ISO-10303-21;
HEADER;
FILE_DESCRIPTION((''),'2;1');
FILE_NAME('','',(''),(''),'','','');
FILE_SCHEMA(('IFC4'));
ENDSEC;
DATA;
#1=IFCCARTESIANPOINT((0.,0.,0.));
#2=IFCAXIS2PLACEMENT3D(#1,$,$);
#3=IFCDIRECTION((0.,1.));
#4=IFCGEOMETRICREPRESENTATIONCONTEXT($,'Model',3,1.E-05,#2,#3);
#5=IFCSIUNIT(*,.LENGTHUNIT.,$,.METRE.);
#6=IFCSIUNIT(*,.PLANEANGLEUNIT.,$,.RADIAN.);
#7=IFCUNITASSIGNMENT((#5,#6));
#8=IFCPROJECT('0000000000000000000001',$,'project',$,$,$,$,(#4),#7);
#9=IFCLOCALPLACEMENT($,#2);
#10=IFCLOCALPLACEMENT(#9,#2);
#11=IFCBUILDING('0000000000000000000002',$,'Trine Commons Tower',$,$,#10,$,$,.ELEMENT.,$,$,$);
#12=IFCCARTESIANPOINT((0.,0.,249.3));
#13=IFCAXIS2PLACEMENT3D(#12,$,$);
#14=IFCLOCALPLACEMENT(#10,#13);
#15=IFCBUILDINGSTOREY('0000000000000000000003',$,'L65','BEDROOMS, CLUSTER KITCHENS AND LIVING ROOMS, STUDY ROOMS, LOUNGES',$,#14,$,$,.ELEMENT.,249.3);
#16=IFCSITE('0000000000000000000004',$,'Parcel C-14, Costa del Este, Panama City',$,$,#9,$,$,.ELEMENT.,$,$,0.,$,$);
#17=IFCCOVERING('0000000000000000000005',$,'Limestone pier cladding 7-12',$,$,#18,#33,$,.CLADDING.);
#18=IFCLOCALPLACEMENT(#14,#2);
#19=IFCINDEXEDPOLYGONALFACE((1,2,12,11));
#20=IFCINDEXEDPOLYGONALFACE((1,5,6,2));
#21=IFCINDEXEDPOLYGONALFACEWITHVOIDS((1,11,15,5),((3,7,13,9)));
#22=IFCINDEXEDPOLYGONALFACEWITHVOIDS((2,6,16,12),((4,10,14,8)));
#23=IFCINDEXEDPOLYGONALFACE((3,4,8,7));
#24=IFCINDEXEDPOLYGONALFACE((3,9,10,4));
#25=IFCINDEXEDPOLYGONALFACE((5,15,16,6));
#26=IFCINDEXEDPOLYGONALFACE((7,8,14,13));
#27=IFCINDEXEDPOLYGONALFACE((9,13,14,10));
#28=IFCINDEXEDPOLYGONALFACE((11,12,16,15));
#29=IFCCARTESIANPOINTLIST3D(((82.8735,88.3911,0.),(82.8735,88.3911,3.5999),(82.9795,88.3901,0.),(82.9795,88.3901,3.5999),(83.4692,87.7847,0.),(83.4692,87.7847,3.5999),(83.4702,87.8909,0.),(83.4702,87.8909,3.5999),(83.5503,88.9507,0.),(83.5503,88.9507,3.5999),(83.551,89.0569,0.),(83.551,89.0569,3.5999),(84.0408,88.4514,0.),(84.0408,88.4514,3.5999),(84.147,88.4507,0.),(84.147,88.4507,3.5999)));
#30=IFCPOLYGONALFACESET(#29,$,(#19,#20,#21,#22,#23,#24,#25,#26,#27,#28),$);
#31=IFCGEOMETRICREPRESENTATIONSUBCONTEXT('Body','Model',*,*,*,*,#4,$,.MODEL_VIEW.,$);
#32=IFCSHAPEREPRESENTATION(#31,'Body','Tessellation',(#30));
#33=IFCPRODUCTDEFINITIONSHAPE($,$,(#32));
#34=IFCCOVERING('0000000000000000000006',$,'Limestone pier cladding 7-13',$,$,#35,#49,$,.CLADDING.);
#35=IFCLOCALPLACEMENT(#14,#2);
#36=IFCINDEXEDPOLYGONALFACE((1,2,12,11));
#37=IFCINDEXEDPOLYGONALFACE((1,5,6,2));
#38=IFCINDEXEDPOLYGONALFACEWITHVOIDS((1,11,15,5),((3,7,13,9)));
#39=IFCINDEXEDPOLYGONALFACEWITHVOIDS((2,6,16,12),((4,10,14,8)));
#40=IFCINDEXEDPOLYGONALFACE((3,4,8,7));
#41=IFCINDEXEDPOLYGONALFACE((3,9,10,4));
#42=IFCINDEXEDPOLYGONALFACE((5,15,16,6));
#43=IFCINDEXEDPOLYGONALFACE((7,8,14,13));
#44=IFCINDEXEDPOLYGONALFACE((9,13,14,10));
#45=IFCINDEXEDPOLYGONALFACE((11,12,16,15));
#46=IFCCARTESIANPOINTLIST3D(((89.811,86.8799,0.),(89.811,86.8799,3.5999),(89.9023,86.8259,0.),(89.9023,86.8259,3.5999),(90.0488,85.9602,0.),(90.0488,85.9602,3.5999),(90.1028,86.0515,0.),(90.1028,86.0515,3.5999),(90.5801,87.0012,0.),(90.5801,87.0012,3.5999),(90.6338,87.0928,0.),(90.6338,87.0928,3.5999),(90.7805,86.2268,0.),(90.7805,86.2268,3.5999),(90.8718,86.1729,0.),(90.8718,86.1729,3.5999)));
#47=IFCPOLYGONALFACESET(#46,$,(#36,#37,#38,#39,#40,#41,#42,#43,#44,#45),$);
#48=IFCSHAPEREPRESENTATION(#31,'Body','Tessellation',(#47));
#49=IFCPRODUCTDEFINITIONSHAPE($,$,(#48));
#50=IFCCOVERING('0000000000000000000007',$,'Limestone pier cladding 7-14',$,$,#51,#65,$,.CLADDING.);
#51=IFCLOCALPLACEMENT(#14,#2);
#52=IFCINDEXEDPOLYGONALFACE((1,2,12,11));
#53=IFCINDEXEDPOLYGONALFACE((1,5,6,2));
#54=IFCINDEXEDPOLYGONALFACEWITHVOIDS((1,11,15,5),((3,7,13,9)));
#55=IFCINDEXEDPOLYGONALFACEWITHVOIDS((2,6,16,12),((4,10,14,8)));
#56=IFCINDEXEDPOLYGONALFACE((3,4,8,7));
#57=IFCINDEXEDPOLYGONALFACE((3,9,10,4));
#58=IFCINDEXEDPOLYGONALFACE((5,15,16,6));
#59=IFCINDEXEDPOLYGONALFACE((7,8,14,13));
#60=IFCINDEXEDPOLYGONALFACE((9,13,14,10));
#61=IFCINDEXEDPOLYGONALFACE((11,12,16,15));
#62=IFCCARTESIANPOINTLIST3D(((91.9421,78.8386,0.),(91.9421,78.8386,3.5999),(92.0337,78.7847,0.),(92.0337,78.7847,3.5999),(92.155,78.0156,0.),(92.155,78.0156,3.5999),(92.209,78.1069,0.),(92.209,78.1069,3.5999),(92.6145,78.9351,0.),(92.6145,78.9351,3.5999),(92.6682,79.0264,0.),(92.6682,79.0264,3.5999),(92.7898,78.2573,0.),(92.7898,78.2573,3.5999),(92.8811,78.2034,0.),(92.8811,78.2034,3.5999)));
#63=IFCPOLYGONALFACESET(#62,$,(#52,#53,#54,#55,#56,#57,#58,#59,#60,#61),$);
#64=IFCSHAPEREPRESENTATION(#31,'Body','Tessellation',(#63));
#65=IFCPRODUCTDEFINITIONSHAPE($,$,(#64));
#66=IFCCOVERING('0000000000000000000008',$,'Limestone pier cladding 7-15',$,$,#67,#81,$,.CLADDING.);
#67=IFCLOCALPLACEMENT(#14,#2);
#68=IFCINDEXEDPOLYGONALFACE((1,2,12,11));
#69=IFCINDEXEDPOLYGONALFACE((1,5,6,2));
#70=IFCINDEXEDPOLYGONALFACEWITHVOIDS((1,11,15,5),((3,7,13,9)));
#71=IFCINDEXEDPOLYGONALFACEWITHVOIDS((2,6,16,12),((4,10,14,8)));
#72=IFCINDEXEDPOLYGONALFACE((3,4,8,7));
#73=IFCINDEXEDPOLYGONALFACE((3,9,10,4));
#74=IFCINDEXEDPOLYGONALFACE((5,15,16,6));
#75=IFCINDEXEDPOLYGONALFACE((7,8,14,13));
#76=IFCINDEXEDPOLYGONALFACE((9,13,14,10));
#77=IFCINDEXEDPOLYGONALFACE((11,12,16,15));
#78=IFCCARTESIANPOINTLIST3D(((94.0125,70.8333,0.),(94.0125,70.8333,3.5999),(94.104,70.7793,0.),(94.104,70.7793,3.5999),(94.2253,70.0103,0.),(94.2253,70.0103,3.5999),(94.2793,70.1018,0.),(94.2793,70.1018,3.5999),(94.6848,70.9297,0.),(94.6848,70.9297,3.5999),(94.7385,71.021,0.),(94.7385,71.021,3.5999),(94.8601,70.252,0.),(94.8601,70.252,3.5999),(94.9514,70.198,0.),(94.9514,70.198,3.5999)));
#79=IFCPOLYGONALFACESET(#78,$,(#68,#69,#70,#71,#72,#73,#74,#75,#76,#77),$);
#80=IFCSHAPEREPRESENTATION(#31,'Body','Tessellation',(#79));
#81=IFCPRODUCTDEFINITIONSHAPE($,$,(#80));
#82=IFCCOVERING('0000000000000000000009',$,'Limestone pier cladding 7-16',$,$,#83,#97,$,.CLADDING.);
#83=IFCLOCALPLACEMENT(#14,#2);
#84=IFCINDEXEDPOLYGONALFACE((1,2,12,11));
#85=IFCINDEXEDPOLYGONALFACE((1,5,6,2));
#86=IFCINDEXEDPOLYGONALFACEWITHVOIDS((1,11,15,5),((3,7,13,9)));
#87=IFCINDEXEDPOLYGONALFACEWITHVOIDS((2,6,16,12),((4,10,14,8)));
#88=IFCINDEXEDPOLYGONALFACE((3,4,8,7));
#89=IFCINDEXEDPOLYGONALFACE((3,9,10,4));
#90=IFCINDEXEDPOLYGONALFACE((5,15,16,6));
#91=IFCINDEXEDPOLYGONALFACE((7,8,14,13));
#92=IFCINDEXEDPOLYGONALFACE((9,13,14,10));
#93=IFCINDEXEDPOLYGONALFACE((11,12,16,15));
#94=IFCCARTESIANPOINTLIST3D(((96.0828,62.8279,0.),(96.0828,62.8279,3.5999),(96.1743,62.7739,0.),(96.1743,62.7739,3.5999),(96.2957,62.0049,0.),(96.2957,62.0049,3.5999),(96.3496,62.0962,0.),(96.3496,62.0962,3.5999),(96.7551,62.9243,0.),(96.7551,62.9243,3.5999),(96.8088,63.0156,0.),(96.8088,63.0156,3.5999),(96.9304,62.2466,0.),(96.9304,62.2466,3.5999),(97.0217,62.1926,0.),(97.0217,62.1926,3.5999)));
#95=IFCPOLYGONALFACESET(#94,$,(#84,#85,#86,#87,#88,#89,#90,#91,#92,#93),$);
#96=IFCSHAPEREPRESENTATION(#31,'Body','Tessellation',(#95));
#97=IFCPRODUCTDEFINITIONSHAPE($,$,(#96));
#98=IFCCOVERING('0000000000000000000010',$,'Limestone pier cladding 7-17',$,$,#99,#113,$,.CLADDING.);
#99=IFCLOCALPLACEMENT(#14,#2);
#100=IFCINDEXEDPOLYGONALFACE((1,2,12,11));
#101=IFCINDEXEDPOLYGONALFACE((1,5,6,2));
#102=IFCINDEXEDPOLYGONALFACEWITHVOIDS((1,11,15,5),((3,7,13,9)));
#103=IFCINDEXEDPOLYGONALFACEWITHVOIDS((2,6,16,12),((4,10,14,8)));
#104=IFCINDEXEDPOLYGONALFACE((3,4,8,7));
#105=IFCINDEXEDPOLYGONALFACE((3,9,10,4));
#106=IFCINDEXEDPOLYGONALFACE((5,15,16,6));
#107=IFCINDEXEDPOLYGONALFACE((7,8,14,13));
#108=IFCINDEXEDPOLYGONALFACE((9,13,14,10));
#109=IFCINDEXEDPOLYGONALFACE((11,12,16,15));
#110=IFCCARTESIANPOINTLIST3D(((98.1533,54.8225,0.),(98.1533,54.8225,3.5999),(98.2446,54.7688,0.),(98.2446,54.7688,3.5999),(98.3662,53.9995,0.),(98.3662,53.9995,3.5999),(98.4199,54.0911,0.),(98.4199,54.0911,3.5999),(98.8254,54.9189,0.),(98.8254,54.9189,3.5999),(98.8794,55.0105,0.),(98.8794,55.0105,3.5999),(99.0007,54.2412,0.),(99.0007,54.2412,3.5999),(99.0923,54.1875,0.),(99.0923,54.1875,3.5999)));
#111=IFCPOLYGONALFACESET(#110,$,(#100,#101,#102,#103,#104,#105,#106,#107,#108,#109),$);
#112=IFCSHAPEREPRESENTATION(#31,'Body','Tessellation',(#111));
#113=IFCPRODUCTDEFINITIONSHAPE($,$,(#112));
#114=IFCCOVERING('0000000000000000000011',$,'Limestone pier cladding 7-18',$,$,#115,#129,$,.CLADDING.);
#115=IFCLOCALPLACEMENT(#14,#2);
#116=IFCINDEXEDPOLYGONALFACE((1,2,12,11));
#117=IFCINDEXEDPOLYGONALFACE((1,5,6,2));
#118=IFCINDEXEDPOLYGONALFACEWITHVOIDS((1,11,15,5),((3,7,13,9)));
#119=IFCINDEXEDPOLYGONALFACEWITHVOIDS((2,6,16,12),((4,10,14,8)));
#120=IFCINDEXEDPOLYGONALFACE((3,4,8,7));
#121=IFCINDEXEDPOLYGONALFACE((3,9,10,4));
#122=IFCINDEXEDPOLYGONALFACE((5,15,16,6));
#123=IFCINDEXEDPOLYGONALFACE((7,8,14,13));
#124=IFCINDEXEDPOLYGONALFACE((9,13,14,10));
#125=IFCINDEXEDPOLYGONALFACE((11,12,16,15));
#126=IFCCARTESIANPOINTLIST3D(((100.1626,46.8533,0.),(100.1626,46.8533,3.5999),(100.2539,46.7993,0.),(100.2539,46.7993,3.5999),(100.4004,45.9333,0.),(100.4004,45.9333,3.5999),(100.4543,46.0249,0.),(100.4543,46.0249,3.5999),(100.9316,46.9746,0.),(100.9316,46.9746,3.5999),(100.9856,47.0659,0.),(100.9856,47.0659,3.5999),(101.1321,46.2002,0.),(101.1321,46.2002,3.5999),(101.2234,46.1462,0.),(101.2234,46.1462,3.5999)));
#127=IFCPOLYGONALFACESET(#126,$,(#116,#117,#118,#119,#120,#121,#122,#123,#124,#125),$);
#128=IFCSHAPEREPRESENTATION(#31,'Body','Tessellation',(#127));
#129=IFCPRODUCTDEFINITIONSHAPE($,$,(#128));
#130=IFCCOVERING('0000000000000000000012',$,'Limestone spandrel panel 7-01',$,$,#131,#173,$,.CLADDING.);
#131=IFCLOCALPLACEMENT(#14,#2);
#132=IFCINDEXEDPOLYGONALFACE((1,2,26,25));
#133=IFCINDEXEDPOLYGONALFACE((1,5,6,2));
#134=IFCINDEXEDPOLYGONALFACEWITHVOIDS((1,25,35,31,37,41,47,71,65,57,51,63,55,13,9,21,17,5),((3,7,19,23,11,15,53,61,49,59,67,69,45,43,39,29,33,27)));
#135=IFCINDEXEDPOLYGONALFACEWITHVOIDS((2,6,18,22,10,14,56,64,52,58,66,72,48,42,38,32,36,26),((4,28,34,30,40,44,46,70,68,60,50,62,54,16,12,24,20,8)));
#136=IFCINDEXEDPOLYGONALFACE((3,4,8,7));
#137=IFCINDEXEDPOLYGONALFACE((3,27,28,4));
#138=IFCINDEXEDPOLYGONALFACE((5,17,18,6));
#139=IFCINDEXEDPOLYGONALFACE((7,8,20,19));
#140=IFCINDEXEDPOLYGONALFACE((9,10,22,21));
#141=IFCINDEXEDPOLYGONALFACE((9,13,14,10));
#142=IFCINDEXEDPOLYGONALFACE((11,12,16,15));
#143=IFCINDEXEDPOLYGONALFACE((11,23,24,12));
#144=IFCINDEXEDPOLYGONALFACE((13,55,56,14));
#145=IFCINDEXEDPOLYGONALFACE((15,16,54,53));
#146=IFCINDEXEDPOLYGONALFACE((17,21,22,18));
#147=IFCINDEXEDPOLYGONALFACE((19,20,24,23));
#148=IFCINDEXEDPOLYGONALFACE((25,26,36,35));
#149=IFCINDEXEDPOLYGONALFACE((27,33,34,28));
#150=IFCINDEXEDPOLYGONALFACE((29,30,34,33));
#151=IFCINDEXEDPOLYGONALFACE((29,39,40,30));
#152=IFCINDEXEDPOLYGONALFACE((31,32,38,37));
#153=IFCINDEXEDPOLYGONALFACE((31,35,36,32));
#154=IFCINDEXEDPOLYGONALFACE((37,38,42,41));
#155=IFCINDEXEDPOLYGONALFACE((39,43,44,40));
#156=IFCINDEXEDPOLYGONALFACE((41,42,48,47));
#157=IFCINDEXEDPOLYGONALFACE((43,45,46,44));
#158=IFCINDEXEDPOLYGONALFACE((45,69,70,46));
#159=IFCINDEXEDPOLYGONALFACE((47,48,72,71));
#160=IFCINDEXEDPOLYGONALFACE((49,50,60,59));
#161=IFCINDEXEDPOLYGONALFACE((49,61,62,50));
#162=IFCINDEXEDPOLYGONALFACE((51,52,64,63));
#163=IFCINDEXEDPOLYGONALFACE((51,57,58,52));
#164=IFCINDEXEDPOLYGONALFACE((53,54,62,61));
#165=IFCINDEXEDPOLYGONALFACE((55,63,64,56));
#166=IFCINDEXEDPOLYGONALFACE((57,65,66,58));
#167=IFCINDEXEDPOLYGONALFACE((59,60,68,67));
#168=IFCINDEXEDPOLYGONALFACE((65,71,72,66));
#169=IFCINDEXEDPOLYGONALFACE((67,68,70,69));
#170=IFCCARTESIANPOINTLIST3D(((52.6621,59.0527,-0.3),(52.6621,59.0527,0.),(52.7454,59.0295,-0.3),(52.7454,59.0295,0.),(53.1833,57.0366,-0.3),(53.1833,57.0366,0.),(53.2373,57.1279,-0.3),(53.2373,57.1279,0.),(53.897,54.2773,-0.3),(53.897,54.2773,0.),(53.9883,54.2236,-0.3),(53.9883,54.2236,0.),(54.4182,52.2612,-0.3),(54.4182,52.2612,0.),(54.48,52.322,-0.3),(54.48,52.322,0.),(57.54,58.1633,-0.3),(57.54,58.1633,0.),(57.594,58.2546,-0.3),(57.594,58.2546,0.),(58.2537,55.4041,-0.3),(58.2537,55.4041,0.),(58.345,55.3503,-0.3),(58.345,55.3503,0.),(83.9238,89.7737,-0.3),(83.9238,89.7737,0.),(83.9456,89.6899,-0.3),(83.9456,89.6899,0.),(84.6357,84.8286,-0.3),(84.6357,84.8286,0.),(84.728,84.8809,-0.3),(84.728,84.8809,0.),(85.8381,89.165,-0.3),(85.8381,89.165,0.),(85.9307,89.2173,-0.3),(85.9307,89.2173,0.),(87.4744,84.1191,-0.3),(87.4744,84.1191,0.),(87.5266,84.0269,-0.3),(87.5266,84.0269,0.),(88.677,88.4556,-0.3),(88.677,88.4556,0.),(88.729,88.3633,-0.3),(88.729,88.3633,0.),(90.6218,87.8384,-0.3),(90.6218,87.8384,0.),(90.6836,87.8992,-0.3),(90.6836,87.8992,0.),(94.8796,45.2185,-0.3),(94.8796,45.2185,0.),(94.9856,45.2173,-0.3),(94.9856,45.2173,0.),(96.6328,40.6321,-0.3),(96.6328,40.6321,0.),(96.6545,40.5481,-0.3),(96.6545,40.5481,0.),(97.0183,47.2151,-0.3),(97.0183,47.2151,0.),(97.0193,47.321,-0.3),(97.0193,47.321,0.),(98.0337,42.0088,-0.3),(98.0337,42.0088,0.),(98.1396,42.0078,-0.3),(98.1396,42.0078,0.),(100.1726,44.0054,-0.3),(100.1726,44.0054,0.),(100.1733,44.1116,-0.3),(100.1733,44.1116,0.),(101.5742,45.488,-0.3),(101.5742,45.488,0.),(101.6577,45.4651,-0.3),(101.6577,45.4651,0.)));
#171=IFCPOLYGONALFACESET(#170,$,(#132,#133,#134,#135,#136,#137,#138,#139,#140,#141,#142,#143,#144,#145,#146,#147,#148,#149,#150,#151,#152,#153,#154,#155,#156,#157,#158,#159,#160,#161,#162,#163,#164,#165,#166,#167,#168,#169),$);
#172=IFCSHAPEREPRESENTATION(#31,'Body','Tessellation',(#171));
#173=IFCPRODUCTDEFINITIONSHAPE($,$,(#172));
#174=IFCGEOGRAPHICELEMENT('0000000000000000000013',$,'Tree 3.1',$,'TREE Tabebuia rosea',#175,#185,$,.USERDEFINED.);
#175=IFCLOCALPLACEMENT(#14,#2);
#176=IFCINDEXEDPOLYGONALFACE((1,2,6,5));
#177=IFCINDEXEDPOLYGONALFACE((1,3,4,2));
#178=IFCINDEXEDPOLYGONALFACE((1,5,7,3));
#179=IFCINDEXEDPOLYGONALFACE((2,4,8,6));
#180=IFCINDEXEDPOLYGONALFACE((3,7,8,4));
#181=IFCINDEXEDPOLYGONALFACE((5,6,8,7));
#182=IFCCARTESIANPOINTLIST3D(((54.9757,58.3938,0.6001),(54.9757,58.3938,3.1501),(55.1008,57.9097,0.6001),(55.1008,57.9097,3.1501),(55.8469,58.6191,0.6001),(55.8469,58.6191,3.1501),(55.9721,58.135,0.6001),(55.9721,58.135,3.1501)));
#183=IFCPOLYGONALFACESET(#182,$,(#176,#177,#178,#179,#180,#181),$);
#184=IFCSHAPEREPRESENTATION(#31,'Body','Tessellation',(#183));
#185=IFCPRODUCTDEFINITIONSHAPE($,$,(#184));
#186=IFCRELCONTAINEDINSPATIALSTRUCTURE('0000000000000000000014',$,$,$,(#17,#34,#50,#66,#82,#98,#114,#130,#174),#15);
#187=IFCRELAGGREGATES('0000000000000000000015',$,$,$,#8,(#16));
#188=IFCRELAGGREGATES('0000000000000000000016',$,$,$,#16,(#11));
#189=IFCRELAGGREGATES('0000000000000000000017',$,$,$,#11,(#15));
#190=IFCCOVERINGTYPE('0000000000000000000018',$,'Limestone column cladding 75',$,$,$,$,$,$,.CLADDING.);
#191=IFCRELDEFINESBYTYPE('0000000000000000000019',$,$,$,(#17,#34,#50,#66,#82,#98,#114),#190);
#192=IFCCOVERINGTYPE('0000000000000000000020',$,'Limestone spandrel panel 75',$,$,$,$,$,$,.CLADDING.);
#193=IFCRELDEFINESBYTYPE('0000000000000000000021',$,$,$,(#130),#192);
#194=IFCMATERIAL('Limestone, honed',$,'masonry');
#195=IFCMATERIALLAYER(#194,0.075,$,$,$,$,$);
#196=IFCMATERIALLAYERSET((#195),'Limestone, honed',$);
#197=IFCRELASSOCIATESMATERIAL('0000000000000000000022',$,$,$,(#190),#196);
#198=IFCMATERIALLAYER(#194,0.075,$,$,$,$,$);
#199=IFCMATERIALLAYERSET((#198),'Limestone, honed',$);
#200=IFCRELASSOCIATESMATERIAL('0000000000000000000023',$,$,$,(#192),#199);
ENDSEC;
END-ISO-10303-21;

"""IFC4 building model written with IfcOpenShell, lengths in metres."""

from ifc_helpers import new_model, si_unit, direction, frame, origin, origin_2d, place, context, subcontext, project, spatial, polyline, rectangle, outline, extrude, material, layer, layer_set, type_object, element, save


model = new_model("IFC4")

# Units and contexts
model_context = context("Model", 3, precision=1e-05, world=origin(), true_north=direction((0.0, 1.0)))
body_context = subcontext(model_context, "Body", "Model", "MODEL_VIEW")
ifc_project = project(units=[si_unit("LENGTHUNIT", "METRE"), si_unit("PLANEANGLEUNIT", "RADIAN")], contexts=[model_context])

# Site, building, storey
site_placement = place(None, origin())
site = spatial("IfcSite", under=ifc_project, at=site_placement, Name="Parcel C-14, Costa del Este, Panama City", CompositionType="ELEMENT", RefElevation=0.0)
building_placement = place(site_placement, origin())
building = spatial("IfcBuilding", under=site, at=building_placement, Name="Trine Commons Tower", CompositionType="ELEMENT")
storey_placement = place(building_placement, frame((0.0, 0.0, 249.3)))
storey = spatial("IfcBuildingStorey", under=building, at=storey_placement, Name="L65", Description="BEDROOMS, CLUSTER KITCHENS AND LIVING ROOMS, STUDY ROOMS, LOUNGES", CompositionType="ELEMENT", Elevation=249.3)

# Coverings
ifc_material_1 = material(Name="Limestone, honed", Category="masonry")
ifc_layer_1 = layer(ifc_material_1, 0.075)
ifc_layer_set_1 = layer_set([ifc_layer_1], Name="Limestone, honed")
covering_type_1 = type_object("IfcCoveringType", Name="Limestone column cladding 75", PredefinedType="CLADDING", material=ifc_layer_set_1)
covering_1_placement = place(storey_placement, origin())
element("IfcCovering", 1, at=covering_1_placement, inside=storey, type_object=covering_type_1, Name="Limestone pier cladding 7-12", PredefinedType="CLADDING", context=body_context, shape_type="SweptSolid", body=[
    extrude(outline(polyline([(84.147, 88.4507), (83.551, 89.0569), (82.8735, 88.3911), (83.4692, 87.7847), (84.147, 88.4507)]), holes=[polyline([(84.0408, 88.4514), (83.5503, 88.9507), (82.9795, 88.3901), (83.4702, 87.8909), (84.0408, 88.4514)])]), origin(), (0.0, 0.0, 1.0), 3.5999),
])
covering_2_placement = place(storey_placement, origin())
element("IfcCovering", 2, at=covering_2_placement, inside=storey, type_object=covering_type_1, Name="Limestone pier cladding 7-13", PredefinedType="CLADDING", context=body_context, shape_type="SweptSolid", body=[
    extrude(outline(polyline([(90.6338, 87.0928), (89.811, 86.8799), (90.0488, 85.9602), (90.8718, 86.1729), (90.6338, 87.0928)]), holes=[polyline([(90.5801, 87.0012), (89.9023, 86.8259), (90.1028, 86.0515), (90.7805, 86.2268), (90.5801, 87.0012)])]), origin(), (0.0, 0.0, 1.0), 3.5999),
])
covering_3_placement = place(storey_placement, origin())
element("IfcCovering", 3, at=covering_3_placement, inside=storey, type_object=covering_type_1, Name="Limestone pier cladding 7-14", PredefinedType="CLADDING", context=body_context, shape_type="SweptSolid", body=[
    extrude(outline(polyline([(92.6682, 79.0264), (91.9421, 78.8386), (92.155, 78.0156), (92.8811, 78.2034), (92.6682, 79.0264)]), holes=[polyline([(92.6145, 78.9351), (92.0337, 78.7847), (92.209, 78.1069), (92.7898, 78.2573), (92.6145, 78.9351)])]), origin(), (0.0, 0.0, 1.0), 3.5999),
])
covering_4_placement = place(storey_placement, origin())
element("IfcCovering", 4, at=covering_4_placement, inside=storey, type_object=covering_type_1, Name="Limestone pier cladding 7-15", PredefinedType="CLADDING", context=body_context, shape_type="SweptSolid", body=[
    extrude(outline(polyline([(94.7385, 71.021), (94.0125, 70.8333), (94.2253, 70.0103), (94.9514, 70.198), (94.7385, 71.021)]), holes=[polyline([(94.6848, 70.9297), (94.104, 70.7793), (94.2793, 70.1018), (94.8601, 70.252), (94.6848, 70.9297)])]), origin(), (0.0, 0.0, 1.0), 3.5999),
])
covering_5_placement = place(storey_placement, origin())
element("IfcCovering", 5, at=covering_5_placement, inside=storey, type_object=covering_type_1, Name="Limestone pier cladding 7-16", PredefinedType="CLADDING", context=body_context, shape_type="SweptSolid", body=[
    extrude(outline(polyline([(96.8088, 63.0156), (96.0828, 62.8279), (96.2957, 62.0049), (97.0217, 62.1926), (96.8088, 63.0156)]), holes=[polyline([(96.7551, 62.9243), (96.1743, 62.7739), (96.3496, 62.0962), (96.9304, 62.2466), (96.7551, 62.9243)])]), origin(), (0.0, 0.0, 1.0), 3.5999),
])
covering_6_placement = place(storey_placement, origin())
element("IfcCovering", 6, at=covering_6_placement, inside=storey, type_object=covering_type_1, Name="Limestone pier cladding 7-17", PredefinedType="CLADDING", context=body_context, shape_type="SweptSolid", body=[
    extrude(outline(polyline([(98.8794, 55.0105), (98.1533, 54.8225), (98.3662, 53.9995), (99.0923, 54.1875), (98.8794, 55.0105)]), holes=[polyline([(98.8254, 54.9189), (98.2446, 54.7688), (98.4199, 54.0911), (99.0007, 54.2412), (98.8254, 54.9189)])]), origin(), (0.0, 0.0, 1.0), 3.5999),
])
covering_7_placement = place(storey_placement, origin())
element("IfcCovering", 7, at=covering_7_placement, inside=storey, type_object=covering_type_1, Name="Limestone pier cladding 7-18", PredefinedType="CLADDING", context=body_context, shape_type="SweptSolid", body=[
    extrude(outline(polyline([(100.9856, 47.0659), (100.1626, 46.8533), (100.4004, 45.9333), (101.2234, 46.1462), (100.9856, 47.0659)]), holes=[polyline([(100.9316, 46.9746), (100.2539, 46.7993), (100.4543, 46.0249), (101.1321, 46.2002), (100.9316, 46.9746)])]), origin(), (0.0, 0.0, 1.0), 3.5999),
])
ifc_layer_2 = layer(ifc_material_1, 0.075)
ifc_layer_set_2 = layer_set([ifc_layer_2], Name="Limestone, honed")
covering_type_2 = type_object("IfcCoveringType", Name="Limestone spandrel panel 75", PredefinedType="CLADDING", material=ifc_layer_set_2)
covering_8_placement = place(storey_placement, frame((0.0, 0.0, -0.3)))
element("IfcCovering", 8, at=covering_8_placement, inside=storey, type_object=covering_type_2, Name="Limestone spandrel panel 7-01", PredefinedType="CLADDING", context=body_context, shape_type="SweptSolid", body=[
    extrude(outline(polyline([(97.0183, 47.2151), (100.1726, 44.0054), (101.6577, 45.4651), (90.6836, 87.8992), (88.677, 88.4556), (87.4744, 84.1191), (84.728, 84.8809), (85.9307, 89.2173), (83.9238, 89.7737), (52.6621, 59.0527), (53.1833, 57.0366), (57.54, 58.1633), (58.2537, 55.4041), (53.897, 54.2773), (54.4182, 52.2612), (96.6545, 40.5481), (98.1396, 42.0078), (94.9856, 45.2173), (97.0183, 47.2151)]), holes=[polyline([(88.729, 88.3633), (90.6218, 87.8384), (101.5742, 45.488), (100.1733, 44.1116), (97.0193, 47.321), (94.8796, 45.2185), (98.0337, 42.0088), (96.6328, 40.6321), (54.48, 52.322), (53.9883, 54.2236), (58.345, 55.3503), (57.594, 58.2546), (53.2373, 57.1279), (52.7454, 59.0295), (83.9456, 89.6899), (85.8381, 89.165), (84.6357, 84.8286), (87.5266, 84.0269), (88.729, 88.3633)])]), origin(), (0.0, 0.0, 1.0), 0.3),
])

# Geographic element
geographic_element_placement = place(storey_placement, frame((55.4739, 58.2644, 0.6001), z_axis=(0.0, 0.0, 1.0), x_axis=(-0.968152, -0.250363, 0.0)))
element("IfcGeographicElement", 9, at=geographic_element_placement, inside=storey, Name="Tree 3.1", ObjectType="TREE Tabebuia rosea", PredefinedType="USERDEFINED", context=body_context, shape_type="SweptSolid", body=[
    extrude(rectangle(XDim=0.8999, YDim=0.5, at=origin_2d()), origin(), (0.0, 0.0, 1.0), 2.55),
])

save(model, "model.ifc")
